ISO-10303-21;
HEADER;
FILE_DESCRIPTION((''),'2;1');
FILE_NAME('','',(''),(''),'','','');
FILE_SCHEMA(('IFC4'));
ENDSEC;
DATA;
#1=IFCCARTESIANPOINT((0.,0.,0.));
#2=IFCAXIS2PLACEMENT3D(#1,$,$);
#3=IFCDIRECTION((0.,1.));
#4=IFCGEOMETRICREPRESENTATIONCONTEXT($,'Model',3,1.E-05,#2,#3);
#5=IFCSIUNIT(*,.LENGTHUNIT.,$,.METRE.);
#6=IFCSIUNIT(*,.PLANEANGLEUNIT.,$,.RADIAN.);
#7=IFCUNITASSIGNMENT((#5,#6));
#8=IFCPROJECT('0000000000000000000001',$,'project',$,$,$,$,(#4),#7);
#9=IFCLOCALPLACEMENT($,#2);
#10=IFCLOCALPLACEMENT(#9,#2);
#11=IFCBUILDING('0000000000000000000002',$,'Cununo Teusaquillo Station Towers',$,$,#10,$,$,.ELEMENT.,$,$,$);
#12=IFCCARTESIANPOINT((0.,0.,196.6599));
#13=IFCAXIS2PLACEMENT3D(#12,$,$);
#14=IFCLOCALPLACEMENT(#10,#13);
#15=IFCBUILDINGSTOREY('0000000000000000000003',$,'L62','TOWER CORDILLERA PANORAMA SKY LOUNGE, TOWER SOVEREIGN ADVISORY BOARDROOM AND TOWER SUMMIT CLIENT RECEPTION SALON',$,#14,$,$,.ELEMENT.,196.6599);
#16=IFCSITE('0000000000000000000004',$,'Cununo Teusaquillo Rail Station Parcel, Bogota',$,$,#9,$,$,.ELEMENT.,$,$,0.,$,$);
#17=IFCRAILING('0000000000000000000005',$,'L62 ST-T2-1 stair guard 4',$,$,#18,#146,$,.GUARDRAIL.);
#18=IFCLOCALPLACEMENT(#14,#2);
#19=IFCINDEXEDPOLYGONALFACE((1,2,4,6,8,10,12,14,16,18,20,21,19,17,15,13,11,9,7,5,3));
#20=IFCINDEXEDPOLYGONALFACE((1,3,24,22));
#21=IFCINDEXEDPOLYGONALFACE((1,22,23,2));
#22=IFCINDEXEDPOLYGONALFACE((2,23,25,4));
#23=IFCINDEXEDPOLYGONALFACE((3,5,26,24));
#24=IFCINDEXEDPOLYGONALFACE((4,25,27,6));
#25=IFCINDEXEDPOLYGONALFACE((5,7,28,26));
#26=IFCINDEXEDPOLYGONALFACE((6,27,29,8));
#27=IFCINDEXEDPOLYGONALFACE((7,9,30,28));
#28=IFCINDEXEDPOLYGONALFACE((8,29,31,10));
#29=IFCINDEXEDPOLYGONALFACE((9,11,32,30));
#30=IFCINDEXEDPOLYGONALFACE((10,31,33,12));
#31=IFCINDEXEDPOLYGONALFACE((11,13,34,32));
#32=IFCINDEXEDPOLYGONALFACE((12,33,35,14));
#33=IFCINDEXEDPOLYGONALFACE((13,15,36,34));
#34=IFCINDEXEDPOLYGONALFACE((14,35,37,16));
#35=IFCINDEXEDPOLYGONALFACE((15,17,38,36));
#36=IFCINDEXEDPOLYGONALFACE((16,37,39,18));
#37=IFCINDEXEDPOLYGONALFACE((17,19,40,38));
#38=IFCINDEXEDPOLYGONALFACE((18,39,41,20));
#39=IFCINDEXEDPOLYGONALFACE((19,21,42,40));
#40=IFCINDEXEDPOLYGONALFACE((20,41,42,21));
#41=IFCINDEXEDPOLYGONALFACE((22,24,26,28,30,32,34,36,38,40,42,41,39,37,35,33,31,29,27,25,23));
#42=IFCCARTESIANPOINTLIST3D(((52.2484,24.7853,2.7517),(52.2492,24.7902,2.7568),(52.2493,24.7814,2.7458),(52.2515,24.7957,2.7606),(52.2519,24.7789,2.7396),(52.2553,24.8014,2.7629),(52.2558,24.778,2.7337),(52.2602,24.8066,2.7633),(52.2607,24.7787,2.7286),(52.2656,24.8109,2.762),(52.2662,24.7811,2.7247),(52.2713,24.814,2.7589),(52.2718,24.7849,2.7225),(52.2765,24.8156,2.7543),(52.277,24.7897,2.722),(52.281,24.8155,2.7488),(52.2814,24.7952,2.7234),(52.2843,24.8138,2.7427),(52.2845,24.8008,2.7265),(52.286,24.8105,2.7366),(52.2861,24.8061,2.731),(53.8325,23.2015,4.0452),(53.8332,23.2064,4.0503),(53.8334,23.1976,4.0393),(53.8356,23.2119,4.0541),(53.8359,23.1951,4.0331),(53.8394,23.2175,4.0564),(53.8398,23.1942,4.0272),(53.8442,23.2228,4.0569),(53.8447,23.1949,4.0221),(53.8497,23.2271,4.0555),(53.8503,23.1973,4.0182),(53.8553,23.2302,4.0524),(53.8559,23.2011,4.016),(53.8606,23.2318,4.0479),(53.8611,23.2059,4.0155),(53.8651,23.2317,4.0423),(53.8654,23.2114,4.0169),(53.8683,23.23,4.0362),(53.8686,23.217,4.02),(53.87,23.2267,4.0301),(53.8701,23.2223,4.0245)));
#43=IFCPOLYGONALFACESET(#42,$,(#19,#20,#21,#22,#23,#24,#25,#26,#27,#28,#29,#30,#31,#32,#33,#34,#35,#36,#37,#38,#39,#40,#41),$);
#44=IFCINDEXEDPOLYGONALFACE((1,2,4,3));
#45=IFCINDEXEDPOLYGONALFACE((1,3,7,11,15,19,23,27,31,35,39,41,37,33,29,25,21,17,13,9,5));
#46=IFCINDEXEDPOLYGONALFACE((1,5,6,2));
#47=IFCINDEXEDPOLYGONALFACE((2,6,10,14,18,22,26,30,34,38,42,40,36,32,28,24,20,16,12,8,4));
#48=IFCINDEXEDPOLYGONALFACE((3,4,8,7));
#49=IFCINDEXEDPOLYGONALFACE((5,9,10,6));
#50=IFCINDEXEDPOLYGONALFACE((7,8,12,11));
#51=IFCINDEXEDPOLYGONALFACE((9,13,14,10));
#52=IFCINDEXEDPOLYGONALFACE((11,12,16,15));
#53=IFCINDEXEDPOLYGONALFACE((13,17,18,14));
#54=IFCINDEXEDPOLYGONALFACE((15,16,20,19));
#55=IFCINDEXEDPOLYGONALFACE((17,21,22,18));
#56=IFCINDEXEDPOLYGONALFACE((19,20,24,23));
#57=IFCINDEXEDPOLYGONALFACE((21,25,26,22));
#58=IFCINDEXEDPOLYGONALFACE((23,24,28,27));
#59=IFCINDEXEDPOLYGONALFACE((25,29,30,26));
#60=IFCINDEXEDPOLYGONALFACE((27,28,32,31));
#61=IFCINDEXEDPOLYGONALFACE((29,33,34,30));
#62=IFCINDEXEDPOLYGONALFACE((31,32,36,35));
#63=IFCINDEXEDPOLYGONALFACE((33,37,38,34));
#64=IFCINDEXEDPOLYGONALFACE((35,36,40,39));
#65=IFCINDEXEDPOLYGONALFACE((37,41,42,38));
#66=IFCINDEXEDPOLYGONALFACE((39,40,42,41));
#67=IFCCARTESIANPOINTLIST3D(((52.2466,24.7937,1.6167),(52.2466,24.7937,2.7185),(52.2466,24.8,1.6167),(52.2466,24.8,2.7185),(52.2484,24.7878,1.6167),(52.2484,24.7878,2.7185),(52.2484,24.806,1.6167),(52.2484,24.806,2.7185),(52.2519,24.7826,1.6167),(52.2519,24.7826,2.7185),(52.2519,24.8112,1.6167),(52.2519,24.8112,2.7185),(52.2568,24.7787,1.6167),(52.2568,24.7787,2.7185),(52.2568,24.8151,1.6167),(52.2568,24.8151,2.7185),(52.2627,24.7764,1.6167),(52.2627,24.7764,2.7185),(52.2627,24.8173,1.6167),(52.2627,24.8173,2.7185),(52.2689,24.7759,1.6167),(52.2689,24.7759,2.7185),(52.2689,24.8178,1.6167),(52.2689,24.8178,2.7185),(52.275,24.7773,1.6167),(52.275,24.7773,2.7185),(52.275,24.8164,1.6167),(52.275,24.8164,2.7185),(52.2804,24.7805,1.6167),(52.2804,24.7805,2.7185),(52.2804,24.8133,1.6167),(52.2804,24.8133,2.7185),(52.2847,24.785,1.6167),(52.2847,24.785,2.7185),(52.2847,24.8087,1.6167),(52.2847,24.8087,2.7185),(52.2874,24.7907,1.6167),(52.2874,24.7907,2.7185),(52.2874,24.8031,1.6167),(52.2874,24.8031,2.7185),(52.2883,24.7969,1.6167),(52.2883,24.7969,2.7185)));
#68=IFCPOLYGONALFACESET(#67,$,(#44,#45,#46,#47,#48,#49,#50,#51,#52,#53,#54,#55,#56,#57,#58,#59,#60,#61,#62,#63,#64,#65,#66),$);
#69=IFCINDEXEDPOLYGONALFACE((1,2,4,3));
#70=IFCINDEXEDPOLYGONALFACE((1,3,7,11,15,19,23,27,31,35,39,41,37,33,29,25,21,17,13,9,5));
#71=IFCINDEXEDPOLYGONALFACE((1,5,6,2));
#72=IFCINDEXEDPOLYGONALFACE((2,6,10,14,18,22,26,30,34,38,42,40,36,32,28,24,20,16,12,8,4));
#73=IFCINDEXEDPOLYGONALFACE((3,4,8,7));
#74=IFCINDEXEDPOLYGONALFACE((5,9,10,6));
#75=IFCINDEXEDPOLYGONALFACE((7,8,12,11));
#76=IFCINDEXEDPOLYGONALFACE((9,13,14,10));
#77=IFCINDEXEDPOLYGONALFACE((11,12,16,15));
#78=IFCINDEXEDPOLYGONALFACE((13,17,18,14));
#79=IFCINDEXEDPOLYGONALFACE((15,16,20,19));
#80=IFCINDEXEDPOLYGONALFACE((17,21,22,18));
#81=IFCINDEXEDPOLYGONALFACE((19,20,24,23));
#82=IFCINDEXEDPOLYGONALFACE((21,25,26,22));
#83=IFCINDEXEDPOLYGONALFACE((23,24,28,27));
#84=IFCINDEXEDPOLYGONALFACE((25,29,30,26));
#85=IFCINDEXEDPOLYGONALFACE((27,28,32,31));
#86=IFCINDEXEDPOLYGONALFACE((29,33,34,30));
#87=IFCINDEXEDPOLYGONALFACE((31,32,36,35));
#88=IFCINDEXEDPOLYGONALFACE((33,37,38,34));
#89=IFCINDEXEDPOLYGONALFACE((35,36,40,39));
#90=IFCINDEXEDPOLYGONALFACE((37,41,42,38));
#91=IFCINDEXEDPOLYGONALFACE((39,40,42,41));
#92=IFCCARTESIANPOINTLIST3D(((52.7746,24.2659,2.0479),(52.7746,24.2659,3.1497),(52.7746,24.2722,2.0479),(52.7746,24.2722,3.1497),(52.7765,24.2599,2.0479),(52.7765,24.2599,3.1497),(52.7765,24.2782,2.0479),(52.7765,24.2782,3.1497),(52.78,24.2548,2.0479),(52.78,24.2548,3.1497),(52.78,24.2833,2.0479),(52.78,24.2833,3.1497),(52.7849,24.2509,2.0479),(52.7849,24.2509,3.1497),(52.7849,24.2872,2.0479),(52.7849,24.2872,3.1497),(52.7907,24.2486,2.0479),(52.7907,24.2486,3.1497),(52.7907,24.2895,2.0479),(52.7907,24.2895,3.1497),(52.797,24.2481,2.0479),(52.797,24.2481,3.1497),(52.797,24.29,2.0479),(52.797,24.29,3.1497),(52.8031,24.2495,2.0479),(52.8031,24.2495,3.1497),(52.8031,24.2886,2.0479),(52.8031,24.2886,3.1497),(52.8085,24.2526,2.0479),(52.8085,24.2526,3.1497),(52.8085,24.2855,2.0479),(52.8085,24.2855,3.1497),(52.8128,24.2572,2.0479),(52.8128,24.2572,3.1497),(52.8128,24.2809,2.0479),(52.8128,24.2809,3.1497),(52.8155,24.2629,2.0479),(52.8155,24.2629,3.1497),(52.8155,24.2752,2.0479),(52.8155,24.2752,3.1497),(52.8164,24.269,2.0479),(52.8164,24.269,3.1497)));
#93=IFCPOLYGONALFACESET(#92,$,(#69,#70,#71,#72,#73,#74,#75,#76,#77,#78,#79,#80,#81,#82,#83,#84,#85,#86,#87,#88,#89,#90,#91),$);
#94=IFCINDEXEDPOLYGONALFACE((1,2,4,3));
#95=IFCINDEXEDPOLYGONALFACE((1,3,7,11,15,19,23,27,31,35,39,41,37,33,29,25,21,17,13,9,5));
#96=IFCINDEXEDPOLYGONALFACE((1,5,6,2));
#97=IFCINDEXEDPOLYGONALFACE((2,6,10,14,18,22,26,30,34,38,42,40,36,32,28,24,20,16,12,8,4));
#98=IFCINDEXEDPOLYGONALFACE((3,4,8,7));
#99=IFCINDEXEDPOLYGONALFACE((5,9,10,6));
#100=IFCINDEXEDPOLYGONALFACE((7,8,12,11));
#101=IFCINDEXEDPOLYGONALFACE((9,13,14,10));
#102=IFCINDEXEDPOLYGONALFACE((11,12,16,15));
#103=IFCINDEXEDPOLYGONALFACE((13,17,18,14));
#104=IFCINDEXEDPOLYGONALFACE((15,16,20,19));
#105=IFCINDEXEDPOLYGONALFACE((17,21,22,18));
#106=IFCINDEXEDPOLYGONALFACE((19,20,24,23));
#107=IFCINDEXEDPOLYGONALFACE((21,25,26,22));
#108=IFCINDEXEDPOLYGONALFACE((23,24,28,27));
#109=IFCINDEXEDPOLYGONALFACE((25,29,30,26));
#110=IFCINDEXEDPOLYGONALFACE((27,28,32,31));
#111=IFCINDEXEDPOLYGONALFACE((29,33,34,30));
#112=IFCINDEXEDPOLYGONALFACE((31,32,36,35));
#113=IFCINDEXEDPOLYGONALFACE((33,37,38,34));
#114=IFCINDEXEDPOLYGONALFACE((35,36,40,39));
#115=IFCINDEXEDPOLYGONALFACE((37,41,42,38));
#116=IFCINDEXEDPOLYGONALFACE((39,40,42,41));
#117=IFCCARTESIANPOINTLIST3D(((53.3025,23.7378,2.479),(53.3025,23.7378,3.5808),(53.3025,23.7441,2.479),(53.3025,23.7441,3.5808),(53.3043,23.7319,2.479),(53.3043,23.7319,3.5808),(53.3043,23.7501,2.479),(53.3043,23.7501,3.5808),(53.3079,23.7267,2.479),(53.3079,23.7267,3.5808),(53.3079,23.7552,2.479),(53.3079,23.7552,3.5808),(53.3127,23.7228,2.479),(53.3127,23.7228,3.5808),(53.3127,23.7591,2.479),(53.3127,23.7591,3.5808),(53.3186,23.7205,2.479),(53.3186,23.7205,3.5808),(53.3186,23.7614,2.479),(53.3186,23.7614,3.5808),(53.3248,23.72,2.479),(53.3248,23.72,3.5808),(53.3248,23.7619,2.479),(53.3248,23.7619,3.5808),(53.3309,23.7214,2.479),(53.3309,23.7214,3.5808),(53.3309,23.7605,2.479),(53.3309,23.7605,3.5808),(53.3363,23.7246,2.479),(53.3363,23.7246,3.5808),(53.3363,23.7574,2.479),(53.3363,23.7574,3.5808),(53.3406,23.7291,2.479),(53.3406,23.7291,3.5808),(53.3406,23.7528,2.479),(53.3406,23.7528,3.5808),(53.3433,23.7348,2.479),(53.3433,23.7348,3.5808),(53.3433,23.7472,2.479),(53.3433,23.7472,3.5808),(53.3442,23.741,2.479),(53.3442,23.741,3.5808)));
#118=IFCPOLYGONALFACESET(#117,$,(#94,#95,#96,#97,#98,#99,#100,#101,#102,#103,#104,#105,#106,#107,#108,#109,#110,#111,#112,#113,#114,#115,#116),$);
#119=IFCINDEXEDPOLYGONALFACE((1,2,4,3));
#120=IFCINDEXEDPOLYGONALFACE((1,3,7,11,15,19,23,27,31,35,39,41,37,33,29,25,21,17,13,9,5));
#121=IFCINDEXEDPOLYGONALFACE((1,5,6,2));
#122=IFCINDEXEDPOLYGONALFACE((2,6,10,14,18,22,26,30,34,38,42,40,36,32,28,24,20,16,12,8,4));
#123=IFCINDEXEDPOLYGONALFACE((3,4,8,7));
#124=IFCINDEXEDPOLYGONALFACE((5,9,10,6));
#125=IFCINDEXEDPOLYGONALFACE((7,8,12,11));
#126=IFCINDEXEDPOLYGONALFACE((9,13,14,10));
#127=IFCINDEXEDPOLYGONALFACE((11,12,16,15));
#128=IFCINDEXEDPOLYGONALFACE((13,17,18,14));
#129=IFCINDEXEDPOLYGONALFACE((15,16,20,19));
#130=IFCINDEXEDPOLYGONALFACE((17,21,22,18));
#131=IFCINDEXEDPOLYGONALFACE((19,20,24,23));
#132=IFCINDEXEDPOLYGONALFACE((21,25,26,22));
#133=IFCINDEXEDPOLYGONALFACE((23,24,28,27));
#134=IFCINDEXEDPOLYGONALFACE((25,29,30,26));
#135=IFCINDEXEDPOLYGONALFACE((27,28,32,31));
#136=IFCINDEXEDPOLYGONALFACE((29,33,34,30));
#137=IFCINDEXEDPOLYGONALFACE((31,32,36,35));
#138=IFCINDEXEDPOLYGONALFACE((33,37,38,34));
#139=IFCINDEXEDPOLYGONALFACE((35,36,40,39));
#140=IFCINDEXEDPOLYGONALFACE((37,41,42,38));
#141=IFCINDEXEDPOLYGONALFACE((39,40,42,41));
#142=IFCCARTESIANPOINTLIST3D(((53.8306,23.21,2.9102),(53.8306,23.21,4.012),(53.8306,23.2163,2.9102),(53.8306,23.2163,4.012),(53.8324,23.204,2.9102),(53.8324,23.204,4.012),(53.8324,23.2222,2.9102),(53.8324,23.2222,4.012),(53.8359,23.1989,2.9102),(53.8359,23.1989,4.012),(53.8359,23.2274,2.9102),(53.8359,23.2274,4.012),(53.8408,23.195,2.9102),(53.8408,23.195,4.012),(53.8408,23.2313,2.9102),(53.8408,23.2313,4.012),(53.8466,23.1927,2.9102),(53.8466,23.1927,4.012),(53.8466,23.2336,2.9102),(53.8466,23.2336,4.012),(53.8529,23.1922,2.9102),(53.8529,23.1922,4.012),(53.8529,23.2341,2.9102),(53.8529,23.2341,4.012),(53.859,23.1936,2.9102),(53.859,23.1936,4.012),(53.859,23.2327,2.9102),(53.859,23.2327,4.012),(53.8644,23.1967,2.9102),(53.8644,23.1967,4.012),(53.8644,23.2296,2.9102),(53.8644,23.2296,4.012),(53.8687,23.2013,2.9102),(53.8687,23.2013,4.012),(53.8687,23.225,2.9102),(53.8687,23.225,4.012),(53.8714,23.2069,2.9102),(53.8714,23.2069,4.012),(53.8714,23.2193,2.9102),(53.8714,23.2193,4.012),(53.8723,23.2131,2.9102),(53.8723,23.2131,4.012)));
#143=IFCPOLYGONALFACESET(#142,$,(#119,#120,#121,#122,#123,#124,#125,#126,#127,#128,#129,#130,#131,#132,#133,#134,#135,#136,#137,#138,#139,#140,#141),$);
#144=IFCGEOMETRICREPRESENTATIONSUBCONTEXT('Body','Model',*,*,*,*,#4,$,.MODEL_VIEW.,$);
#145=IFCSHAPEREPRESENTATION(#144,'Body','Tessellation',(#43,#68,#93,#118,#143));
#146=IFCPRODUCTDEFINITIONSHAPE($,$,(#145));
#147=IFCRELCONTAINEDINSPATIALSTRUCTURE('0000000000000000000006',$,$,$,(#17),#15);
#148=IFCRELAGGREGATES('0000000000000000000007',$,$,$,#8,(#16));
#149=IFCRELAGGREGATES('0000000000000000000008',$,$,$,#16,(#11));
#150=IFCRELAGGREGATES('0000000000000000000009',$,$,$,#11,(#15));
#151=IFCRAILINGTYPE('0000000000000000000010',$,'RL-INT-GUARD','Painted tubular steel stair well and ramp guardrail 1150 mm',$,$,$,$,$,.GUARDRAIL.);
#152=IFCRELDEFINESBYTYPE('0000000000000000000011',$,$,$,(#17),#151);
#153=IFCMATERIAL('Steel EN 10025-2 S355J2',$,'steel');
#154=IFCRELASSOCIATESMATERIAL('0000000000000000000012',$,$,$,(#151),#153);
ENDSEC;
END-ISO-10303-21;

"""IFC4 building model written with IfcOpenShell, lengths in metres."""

from ifc_helpers import new_model, si_unit, direction, frame, origin, origin_2d, place, context, subcontext, project, spatial, circle, extrude, material, type_object, element, save


model = new_model("IFC4")

# Units and contexts
model_context = context("Model", 3, precision=1e-05, world=origin(), true_north=direction((0.0, 1.0)))
body_context = subcontext(model_context, "Body", "Model", "MODEL_VIEW")
ifc_project = project(units=[si_unit("LENGTHUNIT", "METRE"), si_unit("PLANEANGLEUNIT", "RADIAN")], contexts=[model_context])

# Site, building, storey
site_placement = place(None, origin())
site = spatial("IfcSite", under=ifc_project, at=site_placement, Name="Cununo Teusaquillo Rail Station Parcel, Bogota", CompositionType="ELEMENT", RefElevation=0.0)
building_placement = place(site_placement, origin())
building = spatial("IfcBuilding", under=site, at=building_placement, Name="Cununo Teusaquillo Station Towers", CompositionType="ELEMENT")
storey_placement = place(building_placement, frame((0.0, 0.0, 196.6599)))
storey = spatial("IfcBuildingStorey", under=building, at=storey_placement, Name="L62", Description="TOWER CORDILLERA PANORAMA SKY LOUNGE, TOWER SOVEREIGN ADVISORY BOARDROOM AND TOWER SUMMIT CLIENT RECEPTION SALON", CompositionType="ELEMENT", Elevation=196.6599)

# Railing
ifc_material_1 = material(Name="Steel EN 10025-2 S355J2", Category="steel")
railing_type_1 = type_object("IfcRailingType", Name="RL-INT-GUARD", Description="Painted tubular steel stair well and ramp guardrail 1150 mm", PredefinedType="GUARDRAIL", material=ifc_material_1)
railing_1_placement = place(storey_placement, frame((52.2673, 24.7969, 1.6167)))
element("IfcRailing", 1, at=railing_1_placement, inside=storey, type_object=railing_type_1, Name="L62 ST-T2-1 stair guard 4", PredefinedType="GUARDRAIL", context=body_context, shape_type="SweptSolid", body=[
    extrude(circle(Radius=0.0239, at=origin_2d()), frame((0.0, 0.0, 1.126), z_axis=(0.612391, -0.612297, 0.500069), x_axis=(0.707052, 0.707161, 0.0)), (0.0, 0.0, 1.0), 2.5867),
    extrude(circle(Radius=0.021, at=origin_2d()), origin(), (0.0, 0.0, 1.0), 1.1018),
    extrude(circle(Radius=0.021, at=origin_2d()), frame((0.5281, -0.5278, 0.4312)), (0.0, 0.0, 1.0), 1.1018),
    extrude(circle(Radius=0.021, at=origin_2d()), frame((1.0559, -1.0559, 0.8623)), (0.0, 0.0, 1.0), 1.1018),
    extrude(circle(Radius=0.021, at=origin_2d()), frame((1.584, -1.5837, 1.2935)), (0.0, 0.0, 1.0), 1.1018),
])

save(model, "model.ifc")
